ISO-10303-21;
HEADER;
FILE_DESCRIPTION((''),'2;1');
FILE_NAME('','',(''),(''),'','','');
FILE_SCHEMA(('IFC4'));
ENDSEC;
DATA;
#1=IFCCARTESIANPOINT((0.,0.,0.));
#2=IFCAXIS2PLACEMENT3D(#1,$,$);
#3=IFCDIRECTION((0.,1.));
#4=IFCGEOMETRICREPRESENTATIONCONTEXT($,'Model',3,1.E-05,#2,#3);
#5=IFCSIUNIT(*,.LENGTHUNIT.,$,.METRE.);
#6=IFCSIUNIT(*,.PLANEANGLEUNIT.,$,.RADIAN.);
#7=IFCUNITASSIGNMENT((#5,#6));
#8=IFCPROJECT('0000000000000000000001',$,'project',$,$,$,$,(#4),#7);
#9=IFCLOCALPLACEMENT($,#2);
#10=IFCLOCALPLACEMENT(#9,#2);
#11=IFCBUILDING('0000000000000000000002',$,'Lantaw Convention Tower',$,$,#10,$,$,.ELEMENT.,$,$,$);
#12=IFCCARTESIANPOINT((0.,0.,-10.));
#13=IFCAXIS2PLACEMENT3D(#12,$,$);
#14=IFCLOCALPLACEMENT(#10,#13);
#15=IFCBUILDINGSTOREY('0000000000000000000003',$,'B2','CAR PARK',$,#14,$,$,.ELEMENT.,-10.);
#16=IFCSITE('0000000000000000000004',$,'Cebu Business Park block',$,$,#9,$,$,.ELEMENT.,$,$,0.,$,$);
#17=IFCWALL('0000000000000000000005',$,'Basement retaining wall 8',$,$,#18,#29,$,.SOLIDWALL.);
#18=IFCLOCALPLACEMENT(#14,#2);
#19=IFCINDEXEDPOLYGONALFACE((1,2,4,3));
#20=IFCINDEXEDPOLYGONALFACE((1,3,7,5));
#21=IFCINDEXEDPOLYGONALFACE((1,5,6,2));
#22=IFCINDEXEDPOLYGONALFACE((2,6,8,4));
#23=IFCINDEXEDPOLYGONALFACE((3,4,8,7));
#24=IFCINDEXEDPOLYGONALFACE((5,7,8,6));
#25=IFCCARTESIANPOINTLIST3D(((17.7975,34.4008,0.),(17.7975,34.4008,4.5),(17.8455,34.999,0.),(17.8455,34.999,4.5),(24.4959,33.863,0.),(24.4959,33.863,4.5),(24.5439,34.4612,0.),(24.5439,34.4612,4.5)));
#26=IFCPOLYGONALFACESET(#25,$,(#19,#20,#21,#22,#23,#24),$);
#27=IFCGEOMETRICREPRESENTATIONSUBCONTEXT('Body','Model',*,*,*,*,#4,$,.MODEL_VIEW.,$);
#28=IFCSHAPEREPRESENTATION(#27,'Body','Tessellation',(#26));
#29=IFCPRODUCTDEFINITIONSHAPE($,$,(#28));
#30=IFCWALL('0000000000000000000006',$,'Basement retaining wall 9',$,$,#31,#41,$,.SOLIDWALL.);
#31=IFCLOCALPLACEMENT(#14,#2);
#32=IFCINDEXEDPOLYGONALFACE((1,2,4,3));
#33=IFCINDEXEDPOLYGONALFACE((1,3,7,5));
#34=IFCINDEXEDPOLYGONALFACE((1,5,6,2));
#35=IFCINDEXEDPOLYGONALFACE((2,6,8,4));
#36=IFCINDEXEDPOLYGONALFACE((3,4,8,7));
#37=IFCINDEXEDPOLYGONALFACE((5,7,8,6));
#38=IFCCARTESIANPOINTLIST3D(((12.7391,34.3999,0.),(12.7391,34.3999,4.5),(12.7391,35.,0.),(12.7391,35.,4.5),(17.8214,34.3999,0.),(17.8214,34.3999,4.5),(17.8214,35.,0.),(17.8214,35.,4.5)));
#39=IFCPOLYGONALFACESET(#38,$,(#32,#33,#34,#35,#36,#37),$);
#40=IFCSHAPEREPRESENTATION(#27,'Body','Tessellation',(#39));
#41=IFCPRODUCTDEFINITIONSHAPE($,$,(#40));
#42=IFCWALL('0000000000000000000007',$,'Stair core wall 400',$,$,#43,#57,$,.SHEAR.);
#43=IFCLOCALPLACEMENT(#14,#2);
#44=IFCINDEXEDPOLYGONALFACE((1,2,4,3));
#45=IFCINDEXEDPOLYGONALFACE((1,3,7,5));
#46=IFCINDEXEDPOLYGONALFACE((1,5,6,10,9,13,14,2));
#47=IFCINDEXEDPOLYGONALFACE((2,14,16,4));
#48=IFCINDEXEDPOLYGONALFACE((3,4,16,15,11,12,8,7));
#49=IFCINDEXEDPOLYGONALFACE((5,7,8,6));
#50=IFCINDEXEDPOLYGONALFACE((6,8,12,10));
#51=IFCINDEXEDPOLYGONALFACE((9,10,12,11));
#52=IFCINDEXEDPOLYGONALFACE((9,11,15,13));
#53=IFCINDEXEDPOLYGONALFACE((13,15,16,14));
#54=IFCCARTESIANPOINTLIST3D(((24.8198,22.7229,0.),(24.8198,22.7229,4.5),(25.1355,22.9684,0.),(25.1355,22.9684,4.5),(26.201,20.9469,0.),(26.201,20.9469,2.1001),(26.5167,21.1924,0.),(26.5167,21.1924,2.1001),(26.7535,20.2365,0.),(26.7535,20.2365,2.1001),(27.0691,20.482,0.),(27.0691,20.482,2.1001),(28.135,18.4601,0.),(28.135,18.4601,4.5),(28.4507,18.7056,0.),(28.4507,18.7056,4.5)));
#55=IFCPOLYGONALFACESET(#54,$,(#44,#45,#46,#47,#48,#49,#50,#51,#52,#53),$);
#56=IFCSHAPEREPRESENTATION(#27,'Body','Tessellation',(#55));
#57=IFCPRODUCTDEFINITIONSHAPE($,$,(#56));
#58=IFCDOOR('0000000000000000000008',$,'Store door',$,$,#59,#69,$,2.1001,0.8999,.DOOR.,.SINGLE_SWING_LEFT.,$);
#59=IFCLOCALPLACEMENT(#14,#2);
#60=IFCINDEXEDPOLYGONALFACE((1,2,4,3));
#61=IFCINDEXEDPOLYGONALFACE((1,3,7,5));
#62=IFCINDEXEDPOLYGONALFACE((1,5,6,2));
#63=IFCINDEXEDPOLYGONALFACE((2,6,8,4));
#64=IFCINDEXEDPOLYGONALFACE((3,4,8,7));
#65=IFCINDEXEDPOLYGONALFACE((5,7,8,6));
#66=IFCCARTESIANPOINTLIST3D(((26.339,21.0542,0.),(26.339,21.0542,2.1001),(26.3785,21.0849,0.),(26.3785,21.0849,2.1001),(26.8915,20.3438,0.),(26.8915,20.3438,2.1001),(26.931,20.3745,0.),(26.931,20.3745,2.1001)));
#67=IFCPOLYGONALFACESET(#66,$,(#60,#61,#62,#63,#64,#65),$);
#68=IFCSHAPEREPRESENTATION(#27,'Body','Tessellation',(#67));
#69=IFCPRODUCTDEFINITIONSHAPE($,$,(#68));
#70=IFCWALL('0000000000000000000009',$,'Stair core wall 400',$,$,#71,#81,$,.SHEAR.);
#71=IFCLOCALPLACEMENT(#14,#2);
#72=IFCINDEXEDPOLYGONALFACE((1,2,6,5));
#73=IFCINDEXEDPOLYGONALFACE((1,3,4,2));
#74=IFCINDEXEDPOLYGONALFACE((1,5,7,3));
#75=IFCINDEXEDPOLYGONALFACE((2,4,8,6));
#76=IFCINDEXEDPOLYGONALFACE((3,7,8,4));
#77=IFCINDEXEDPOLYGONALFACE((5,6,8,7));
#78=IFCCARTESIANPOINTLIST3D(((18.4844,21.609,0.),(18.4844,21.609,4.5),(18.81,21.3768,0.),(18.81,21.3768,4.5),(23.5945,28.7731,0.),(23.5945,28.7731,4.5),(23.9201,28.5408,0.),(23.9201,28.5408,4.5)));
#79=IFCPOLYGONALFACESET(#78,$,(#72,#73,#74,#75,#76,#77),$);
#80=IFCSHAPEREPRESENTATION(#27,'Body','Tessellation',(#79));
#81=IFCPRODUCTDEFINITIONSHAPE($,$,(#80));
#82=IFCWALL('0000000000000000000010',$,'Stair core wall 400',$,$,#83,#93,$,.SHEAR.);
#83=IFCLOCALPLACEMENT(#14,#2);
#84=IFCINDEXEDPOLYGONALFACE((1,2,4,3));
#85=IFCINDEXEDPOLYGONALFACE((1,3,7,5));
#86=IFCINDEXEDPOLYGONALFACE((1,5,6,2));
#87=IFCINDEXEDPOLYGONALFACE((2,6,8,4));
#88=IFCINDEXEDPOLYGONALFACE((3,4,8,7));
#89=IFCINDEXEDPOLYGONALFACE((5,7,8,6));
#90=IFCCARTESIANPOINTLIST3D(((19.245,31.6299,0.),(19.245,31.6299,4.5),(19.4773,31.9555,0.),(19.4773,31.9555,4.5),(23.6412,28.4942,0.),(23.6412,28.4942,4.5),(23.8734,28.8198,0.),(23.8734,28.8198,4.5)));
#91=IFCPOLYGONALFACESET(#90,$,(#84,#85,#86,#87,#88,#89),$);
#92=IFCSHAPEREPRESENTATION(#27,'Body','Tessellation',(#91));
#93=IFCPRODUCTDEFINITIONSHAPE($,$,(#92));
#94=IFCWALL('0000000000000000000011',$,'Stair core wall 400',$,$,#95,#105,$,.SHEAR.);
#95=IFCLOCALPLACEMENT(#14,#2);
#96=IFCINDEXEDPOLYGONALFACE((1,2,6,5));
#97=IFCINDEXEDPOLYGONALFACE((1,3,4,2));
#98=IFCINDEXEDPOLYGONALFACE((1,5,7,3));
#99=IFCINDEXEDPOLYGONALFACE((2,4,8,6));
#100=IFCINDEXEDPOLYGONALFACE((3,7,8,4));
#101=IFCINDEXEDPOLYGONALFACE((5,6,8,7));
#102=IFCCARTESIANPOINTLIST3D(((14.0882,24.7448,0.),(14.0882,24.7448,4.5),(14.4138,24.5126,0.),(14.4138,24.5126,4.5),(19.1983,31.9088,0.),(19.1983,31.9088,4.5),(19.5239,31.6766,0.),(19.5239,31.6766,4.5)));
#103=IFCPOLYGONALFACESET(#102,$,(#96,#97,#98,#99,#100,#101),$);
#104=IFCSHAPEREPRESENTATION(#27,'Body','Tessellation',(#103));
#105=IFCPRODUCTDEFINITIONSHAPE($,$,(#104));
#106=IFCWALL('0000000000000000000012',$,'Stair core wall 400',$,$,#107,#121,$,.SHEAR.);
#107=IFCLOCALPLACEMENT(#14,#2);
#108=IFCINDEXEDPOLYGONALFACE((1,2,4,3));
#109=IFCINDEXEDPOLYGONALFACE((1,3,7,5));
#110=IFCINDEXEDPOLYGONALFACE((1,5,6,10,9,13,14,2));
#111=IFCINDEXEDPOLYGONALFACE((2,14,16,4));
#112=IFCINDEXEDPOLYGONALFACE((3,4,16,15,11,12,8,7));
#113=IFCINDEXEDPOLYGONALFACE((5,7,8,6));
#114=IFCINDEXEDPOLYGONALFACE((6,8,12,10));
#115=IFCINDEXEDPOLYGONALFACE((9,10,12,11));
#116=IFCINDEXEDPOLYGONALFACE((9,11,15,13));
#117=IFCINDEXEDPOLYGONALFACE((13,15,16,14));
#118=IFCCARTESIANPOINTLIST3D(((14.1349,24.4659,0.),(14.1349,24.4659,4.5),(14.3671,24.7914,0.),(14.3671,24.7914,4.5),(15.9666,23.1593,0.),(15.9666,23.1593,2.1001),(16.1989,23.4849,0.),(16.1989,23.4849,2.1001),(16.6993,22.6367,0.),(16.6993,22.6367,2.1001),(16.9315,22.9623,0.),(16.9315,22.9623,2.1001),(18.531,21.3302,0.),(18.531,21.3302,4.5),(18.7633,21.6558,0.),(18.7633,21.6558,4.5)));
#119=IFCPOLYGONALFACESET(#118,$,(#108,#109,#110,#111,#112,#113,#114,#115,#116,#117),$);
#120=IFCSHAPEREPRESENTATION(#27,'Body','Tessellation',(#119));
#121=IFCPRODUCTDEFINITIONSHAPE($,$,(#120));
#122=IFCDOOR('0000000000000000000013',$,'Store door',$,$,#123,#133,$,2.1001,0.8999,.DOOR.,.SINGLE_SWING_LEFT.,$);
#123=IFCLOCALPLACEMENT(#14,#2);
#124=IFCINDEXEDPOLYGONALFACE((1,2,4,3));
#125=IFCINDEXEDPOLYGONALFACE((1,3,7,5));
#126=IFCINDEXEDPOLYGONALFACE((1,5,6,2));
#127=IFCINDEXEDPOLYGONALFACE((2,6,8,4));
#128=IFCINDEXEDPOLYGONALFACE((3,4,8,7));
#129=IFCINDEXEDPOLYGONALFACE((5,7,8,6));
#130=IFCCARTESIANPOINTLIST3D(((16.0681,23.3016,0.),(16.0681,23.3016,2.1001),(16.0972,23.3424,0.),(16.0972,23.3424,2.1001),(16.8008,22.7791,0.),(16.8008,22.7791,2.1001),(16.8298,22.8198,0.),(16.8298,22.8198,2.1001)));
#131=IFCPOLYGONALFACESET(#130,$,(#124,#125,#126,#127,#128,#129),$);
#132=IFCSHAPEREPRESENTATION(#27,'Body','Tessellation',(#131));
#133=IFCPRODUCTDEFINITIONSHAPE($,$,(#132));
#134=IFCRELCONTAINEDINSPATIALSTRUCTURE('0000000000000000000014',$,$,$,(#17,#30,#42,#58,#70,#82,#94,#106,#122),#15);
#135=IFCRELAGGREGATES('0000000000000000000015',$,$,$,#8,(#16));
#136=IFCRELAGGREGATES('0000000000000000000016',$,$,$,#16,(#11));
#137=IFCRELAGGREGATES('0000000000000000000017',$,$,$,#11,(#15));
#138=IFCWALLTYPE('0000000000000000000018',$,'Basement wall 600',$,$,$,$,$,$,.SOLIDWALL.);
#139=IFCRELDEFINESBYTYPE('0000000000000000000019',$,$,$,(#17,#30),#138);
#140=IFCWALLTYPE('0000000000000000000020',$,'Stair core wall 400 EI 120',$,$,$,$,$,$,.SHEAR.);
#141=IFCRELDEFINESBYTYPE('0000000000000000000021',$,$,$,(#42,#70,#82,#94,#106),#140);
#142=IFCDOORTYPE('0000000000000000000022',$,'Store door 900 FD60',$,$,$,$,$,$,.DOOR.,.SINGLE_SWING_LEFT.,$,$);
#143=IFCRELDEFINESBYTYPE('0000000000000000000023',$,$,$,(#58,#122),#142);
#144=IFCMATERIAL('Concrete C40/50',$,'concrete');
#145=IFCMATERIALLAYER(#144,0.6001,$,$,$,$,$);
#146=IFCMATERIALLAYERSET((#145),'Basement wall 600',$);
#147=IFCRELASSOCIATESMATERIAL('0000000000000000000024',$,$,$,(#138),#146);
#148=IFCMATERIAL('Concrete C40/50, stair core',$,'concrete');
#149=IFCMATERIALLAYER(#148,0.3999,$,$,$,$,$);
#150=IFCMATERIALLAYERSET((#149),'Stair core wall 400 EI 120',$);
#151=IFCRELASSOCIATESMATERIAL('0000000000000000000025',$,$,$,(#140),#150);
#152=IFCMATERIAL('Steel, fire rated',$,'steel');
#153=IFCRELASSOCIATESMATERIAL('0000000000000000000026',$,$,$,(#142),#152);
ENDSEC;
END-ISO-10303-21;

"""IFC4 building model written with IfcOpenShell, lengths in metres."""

from ifc_helpers import new_model, si_unit, direction, frame, frame_2d, origin, place, context, subcontext, project, spatial, rectangle, extrude, material, layer, layer_set, type_object, element, fill, save


model = new_model("IFC4")

# Units and contexts
model_context = context("Model", 3, precision=1e-05, world=origin(), true_north=direction((0.0, 1.0)))
body_context = subcontext(model_context, "Body", "Model", "MODEL_VIEW")
ifc_project = project(units=[si_unit("LENGTHUNIT", "METRE"), si_unit("PLANEANGLEUNIT", "RADIAN")], contexts=[model_context])

# Site, building, storey
site_placement = place(None, origin())
site = spatial("IfcSite", under=ifc_project, at=site_placement, Name="Cebu Business Park block", CompositionType="ELEMENT", RefElevation=0.0)
building_placement = place(site_placement, origin())
building = spatial("IfcBuilding", under=site, at=building_placement, Name="Lantaw Convention Tower", CompositionType="ELEMENT")
storey_placement = place(building_placement, frame((0.0, 0.0, -10.0)))
storey = spatial("IfcBuildingStorey", under=building, at=storey_placement, Name="B2", Description="CAR PARK", CompositionType="ELEMENT", Elevation=-10.0)

# Walls
ifc_material_1 = material(Name="Concrete C40/50", Category="concrete")
ifc_layer_1 = layer(ifc_material_1, 0.6001)
ifc_layer_set_1 = layer_set([ifc_layer_1], Name="Basement wall 600")
wall_type_1 = type_object("IfcWallType", Name="Basement wall 600", PredefinedType="SOLIDWALL", material=ifc_layer_set_1)
wall_1_placement = place(storey_placement, frame((24.5198, 34.1621, 0.0), z_axis=(0.0, 0.0, 1.0), x_axis=(-0.996792, 0.080035, 0.0)))
element("IfcWall", 1, at=wall_1_placement, inside=storey, type_object=wall_type_1, Name="Basement retaining wall 8", PredefinedType="SOLIDWALL", context=body_context, shape_type="SweptSolid", body=[
    extrude(rectangle(XDim=6.72, YDim=0.6001, at=frame_2d((3.3599, 0.0))), origin(), (0.0, 0.0, 1.0), 4.5),
])
wall_2_placement = place(storey_placement, frame((17.8213, 34.7, 0.0), z_axis=(0.0, 0.0, 1.0), x_axis=(-1.0, 0.0, 0.0)))
element("IfcWall", 2, at=wall_2_placement, inside=storey, type_object=wall_type_1, Name="Basement retaining wall 9", PredefinedType="SOLIDWALL", context=body_context, shape_type="SweptSolid", body=[
    extrude(rectangle(XDim=5.0823, YDim=0.6001, at=frame_2d((2.541, 0.0))), origin(), (0.0, 0.0, 1.0), 4.5),
])

# Wall, opening, door
ifc_material_2 = material(Name="Concrete C40/50, stair core", Category="concrete")
ifc_layer_2 = layer(ifc_material_2, 0.3999)
ifc_layer_set_2 = layer_set([ifc_layer_2], Name="Stair core wall 400 EI 120")
wall_type_2 = type_object("IfcWallType", Name="Stair core wall 400 EI 120", PredefinedType="SHEAR", material=ifc_layer_set_2)
wall_3_placement = place(storey_placement, frame((24.9775, 22.8457, 0.0), z_axis=(0.0, 0.0, 1.0), x_axis=(0.613912, -0.789374, 0.0)))
wall_3 = element("IfcWall", 3, at=wall_3_placement, inside=storey, type_object=wall_type_2, Name="Stair core wall 400", PredefinedType="SHEAR", context=body_context, shape_type="SweptSolid", body=[
    extrude(rectangle(XDim=5.4001, YDim=0.3999, at=frame_2d((2.7002, 0.0))), origin(), (0.0, 0.0, 1.0), 4.5),
])
opening_1_placement = place(wall_3_placement, frame((2.25, 0.0, 0.0)))
opening_1 = element("IfcOpeningElement", 4, at=opening_1_placement, cuts=wall_3, PredefinedType="OPENING", context=body_context, shape_type="SweptSolid", body=[
    extrude(rectangle(XDim=0.8999, YDim=2.1001, at=frame_2d((0.45, 1.05))), frame((0.0, 0.21, 0.0), z_axis=(0.0, -1.0, 0.0), x_axis=(1.0, 0.0, 0.0)), (0.0, 0.0, 1.0), 0.4199),
])
ifc_material_3 = material(Name="Steel, fire rated", Category="steel")
door_type = type_object("IfcDoorType", Name="Store door 900 FD60", OperationType="SINGLE_SWING_LEFT", PredefinedType="DOOR", material=ifc_material_3)
door_1_placement = place(opening_1_placement, origin())
door_1 = element("IfcDoor", 5, at=door_1_placement, inside=storey, type_object=door_type, Name="Store door", OperationType="SINGLE_SWING_LEFT", OverallHeight=2.1001, OverallWidth=0.8999, PredefinedType="DOOR", context=body_context, shape_type="SweptSolid", body=[
    extrude(rectangle(XDim=0.8999, YDim=2.1001, at=frame_2d((0.45, 1.05))), frame((0.0, 0.0249, 0.0), z_axis=(0.0, -1.0, 0.0), x_axis=(1.0, 0.0, 0.0)), (0.0, 0.0, 1.0), 0.05),
])
fill(opening_1, door_1)

# Walls
wall_4_placement = place(storey_placement, frame((18.6472, 21.4929, 0.0), z_axis=(0.0, 0.0, 1.0), x_axis=(0.580705, 0.814114, 0.0)))
element("IfcWall", 6, at=wall_4_placement, inside=storey, type_object=wall_type_2, Name="Stair core wall 400", PredefinedType="SHEAR", context=body_context, shape_type="SweptSolid", body=[
    extrude(rectangle(XDim=8.7998, YDim=0.3999, at=frame_2d((4.3999, 0.0))), origin(), (0.0, 0.0, 1.0), 4.5),
])
wall_5_placement = place(storey_placement, frame((23.7573, 28.657, 0.0), z_axis=(0.0, 0.0, 1.0), x_axis=(-0.814121, 0.580695, 0.0)))
element("IfcWall", 7, at=wall_5_placement, inside=storey, type_object=wall_type_2, Name="Stair core wall 400", PredefinedType="SHEAR", context=body_context, shape_type="SweptSolid", body=[
    extrude(rectangle(XDim=5.3999, YDim=0.3999, at=frame_2d((2.7, 0.0))), origin(), (0.0, 0.0, 1.0), 4.5),
])
wall_6_placement = place(storey_placement, frame((19.3611, 31.7927, 0.0), z_axis=(0.0, 0.0, 1.0), x_axis=(-0.580705, -0.814114, 0.0)))
element("IfcWall", 8, at=wall_6_placement, inside=storey, type_object=wall_type_2, Name="Stair core wall 400", PredefinedType="SHEAR", context=body_context, shape_type="SweptSolid", body=[
    extrude(rectangle(XDim=8.7998, YDim=0.3999, at=frame_2d((4.3999, 0.0))), origin(), (0.0, 0.0, 1.0), 4.5),
])

# Wall, opening, door
wall_7_placement = place(storey_placement, frame((14.251, 24.6287, 0.0), z_axis=(0.0, 0.0, 1.0), x_axis=(0.814121, -0.580695, 0.0)))
wall_7 = element("IfcWall", 9, at=wall_7_placement, inside=storey, type_object=wall_type_2, Name="Stair core wall 400", PredefinedType="SHEAR", context=body_context, shape_type="SweptSolid", body=[
    extrude(rectangle(XDim=5.3999, YDim=0.3999, at=frame_2d((2.7, 0.0))), origin(), (0.0, 0.0, 1.0), 4.5),
])
opening_2_placement = place(wall_7_placement, frame((2.25, 0.0, 0.0)))
opening_2 = element("IfcOpeningElement", 10, at=opening_2_placement, cuts=wall_7, PredefinedType="OPENING", context=body_context, shape_type="SweptSolid", body=[
    extrude(rectangle(XDim=0.8999, YDim=2.1001, at=frame_2d((0.45, 1.05))), frame((0.0, 0.21, 0.0), z_axis=(0.0, -1.0, 0.0), x_axis=(1.0, 0.0, 0.0)), (0.0, 0.0, 1.0), 0.4199),
])
door_2_placement = place(opening_2_placement, origin())
door_2 = element("IfcDoor", 11, at=door_2_placement, inside=storey, type_object=door_type, Name="Store door", OperationType="SINGLE_SWING_LEFT", OverallHeight=2.1001, OverallWidth=0.8999, PredefinedType="DOOR", context=body_context, shape_type="SweptSolid", body=[
    extrude(rectangle(XDim=0.8999, YDim=2.1001, at=frame_2d((0.45, 1.05))), frame((0.0, 0.0249, 0.0), z_axis=(0.0, -1.0, 0.0), x_axis=(1.0, 0.0, 0.0)), (0.0, 0.0, 1.0), 0.05),
])
fill(opening_2, door_2)

save(model, "model.ifc")
